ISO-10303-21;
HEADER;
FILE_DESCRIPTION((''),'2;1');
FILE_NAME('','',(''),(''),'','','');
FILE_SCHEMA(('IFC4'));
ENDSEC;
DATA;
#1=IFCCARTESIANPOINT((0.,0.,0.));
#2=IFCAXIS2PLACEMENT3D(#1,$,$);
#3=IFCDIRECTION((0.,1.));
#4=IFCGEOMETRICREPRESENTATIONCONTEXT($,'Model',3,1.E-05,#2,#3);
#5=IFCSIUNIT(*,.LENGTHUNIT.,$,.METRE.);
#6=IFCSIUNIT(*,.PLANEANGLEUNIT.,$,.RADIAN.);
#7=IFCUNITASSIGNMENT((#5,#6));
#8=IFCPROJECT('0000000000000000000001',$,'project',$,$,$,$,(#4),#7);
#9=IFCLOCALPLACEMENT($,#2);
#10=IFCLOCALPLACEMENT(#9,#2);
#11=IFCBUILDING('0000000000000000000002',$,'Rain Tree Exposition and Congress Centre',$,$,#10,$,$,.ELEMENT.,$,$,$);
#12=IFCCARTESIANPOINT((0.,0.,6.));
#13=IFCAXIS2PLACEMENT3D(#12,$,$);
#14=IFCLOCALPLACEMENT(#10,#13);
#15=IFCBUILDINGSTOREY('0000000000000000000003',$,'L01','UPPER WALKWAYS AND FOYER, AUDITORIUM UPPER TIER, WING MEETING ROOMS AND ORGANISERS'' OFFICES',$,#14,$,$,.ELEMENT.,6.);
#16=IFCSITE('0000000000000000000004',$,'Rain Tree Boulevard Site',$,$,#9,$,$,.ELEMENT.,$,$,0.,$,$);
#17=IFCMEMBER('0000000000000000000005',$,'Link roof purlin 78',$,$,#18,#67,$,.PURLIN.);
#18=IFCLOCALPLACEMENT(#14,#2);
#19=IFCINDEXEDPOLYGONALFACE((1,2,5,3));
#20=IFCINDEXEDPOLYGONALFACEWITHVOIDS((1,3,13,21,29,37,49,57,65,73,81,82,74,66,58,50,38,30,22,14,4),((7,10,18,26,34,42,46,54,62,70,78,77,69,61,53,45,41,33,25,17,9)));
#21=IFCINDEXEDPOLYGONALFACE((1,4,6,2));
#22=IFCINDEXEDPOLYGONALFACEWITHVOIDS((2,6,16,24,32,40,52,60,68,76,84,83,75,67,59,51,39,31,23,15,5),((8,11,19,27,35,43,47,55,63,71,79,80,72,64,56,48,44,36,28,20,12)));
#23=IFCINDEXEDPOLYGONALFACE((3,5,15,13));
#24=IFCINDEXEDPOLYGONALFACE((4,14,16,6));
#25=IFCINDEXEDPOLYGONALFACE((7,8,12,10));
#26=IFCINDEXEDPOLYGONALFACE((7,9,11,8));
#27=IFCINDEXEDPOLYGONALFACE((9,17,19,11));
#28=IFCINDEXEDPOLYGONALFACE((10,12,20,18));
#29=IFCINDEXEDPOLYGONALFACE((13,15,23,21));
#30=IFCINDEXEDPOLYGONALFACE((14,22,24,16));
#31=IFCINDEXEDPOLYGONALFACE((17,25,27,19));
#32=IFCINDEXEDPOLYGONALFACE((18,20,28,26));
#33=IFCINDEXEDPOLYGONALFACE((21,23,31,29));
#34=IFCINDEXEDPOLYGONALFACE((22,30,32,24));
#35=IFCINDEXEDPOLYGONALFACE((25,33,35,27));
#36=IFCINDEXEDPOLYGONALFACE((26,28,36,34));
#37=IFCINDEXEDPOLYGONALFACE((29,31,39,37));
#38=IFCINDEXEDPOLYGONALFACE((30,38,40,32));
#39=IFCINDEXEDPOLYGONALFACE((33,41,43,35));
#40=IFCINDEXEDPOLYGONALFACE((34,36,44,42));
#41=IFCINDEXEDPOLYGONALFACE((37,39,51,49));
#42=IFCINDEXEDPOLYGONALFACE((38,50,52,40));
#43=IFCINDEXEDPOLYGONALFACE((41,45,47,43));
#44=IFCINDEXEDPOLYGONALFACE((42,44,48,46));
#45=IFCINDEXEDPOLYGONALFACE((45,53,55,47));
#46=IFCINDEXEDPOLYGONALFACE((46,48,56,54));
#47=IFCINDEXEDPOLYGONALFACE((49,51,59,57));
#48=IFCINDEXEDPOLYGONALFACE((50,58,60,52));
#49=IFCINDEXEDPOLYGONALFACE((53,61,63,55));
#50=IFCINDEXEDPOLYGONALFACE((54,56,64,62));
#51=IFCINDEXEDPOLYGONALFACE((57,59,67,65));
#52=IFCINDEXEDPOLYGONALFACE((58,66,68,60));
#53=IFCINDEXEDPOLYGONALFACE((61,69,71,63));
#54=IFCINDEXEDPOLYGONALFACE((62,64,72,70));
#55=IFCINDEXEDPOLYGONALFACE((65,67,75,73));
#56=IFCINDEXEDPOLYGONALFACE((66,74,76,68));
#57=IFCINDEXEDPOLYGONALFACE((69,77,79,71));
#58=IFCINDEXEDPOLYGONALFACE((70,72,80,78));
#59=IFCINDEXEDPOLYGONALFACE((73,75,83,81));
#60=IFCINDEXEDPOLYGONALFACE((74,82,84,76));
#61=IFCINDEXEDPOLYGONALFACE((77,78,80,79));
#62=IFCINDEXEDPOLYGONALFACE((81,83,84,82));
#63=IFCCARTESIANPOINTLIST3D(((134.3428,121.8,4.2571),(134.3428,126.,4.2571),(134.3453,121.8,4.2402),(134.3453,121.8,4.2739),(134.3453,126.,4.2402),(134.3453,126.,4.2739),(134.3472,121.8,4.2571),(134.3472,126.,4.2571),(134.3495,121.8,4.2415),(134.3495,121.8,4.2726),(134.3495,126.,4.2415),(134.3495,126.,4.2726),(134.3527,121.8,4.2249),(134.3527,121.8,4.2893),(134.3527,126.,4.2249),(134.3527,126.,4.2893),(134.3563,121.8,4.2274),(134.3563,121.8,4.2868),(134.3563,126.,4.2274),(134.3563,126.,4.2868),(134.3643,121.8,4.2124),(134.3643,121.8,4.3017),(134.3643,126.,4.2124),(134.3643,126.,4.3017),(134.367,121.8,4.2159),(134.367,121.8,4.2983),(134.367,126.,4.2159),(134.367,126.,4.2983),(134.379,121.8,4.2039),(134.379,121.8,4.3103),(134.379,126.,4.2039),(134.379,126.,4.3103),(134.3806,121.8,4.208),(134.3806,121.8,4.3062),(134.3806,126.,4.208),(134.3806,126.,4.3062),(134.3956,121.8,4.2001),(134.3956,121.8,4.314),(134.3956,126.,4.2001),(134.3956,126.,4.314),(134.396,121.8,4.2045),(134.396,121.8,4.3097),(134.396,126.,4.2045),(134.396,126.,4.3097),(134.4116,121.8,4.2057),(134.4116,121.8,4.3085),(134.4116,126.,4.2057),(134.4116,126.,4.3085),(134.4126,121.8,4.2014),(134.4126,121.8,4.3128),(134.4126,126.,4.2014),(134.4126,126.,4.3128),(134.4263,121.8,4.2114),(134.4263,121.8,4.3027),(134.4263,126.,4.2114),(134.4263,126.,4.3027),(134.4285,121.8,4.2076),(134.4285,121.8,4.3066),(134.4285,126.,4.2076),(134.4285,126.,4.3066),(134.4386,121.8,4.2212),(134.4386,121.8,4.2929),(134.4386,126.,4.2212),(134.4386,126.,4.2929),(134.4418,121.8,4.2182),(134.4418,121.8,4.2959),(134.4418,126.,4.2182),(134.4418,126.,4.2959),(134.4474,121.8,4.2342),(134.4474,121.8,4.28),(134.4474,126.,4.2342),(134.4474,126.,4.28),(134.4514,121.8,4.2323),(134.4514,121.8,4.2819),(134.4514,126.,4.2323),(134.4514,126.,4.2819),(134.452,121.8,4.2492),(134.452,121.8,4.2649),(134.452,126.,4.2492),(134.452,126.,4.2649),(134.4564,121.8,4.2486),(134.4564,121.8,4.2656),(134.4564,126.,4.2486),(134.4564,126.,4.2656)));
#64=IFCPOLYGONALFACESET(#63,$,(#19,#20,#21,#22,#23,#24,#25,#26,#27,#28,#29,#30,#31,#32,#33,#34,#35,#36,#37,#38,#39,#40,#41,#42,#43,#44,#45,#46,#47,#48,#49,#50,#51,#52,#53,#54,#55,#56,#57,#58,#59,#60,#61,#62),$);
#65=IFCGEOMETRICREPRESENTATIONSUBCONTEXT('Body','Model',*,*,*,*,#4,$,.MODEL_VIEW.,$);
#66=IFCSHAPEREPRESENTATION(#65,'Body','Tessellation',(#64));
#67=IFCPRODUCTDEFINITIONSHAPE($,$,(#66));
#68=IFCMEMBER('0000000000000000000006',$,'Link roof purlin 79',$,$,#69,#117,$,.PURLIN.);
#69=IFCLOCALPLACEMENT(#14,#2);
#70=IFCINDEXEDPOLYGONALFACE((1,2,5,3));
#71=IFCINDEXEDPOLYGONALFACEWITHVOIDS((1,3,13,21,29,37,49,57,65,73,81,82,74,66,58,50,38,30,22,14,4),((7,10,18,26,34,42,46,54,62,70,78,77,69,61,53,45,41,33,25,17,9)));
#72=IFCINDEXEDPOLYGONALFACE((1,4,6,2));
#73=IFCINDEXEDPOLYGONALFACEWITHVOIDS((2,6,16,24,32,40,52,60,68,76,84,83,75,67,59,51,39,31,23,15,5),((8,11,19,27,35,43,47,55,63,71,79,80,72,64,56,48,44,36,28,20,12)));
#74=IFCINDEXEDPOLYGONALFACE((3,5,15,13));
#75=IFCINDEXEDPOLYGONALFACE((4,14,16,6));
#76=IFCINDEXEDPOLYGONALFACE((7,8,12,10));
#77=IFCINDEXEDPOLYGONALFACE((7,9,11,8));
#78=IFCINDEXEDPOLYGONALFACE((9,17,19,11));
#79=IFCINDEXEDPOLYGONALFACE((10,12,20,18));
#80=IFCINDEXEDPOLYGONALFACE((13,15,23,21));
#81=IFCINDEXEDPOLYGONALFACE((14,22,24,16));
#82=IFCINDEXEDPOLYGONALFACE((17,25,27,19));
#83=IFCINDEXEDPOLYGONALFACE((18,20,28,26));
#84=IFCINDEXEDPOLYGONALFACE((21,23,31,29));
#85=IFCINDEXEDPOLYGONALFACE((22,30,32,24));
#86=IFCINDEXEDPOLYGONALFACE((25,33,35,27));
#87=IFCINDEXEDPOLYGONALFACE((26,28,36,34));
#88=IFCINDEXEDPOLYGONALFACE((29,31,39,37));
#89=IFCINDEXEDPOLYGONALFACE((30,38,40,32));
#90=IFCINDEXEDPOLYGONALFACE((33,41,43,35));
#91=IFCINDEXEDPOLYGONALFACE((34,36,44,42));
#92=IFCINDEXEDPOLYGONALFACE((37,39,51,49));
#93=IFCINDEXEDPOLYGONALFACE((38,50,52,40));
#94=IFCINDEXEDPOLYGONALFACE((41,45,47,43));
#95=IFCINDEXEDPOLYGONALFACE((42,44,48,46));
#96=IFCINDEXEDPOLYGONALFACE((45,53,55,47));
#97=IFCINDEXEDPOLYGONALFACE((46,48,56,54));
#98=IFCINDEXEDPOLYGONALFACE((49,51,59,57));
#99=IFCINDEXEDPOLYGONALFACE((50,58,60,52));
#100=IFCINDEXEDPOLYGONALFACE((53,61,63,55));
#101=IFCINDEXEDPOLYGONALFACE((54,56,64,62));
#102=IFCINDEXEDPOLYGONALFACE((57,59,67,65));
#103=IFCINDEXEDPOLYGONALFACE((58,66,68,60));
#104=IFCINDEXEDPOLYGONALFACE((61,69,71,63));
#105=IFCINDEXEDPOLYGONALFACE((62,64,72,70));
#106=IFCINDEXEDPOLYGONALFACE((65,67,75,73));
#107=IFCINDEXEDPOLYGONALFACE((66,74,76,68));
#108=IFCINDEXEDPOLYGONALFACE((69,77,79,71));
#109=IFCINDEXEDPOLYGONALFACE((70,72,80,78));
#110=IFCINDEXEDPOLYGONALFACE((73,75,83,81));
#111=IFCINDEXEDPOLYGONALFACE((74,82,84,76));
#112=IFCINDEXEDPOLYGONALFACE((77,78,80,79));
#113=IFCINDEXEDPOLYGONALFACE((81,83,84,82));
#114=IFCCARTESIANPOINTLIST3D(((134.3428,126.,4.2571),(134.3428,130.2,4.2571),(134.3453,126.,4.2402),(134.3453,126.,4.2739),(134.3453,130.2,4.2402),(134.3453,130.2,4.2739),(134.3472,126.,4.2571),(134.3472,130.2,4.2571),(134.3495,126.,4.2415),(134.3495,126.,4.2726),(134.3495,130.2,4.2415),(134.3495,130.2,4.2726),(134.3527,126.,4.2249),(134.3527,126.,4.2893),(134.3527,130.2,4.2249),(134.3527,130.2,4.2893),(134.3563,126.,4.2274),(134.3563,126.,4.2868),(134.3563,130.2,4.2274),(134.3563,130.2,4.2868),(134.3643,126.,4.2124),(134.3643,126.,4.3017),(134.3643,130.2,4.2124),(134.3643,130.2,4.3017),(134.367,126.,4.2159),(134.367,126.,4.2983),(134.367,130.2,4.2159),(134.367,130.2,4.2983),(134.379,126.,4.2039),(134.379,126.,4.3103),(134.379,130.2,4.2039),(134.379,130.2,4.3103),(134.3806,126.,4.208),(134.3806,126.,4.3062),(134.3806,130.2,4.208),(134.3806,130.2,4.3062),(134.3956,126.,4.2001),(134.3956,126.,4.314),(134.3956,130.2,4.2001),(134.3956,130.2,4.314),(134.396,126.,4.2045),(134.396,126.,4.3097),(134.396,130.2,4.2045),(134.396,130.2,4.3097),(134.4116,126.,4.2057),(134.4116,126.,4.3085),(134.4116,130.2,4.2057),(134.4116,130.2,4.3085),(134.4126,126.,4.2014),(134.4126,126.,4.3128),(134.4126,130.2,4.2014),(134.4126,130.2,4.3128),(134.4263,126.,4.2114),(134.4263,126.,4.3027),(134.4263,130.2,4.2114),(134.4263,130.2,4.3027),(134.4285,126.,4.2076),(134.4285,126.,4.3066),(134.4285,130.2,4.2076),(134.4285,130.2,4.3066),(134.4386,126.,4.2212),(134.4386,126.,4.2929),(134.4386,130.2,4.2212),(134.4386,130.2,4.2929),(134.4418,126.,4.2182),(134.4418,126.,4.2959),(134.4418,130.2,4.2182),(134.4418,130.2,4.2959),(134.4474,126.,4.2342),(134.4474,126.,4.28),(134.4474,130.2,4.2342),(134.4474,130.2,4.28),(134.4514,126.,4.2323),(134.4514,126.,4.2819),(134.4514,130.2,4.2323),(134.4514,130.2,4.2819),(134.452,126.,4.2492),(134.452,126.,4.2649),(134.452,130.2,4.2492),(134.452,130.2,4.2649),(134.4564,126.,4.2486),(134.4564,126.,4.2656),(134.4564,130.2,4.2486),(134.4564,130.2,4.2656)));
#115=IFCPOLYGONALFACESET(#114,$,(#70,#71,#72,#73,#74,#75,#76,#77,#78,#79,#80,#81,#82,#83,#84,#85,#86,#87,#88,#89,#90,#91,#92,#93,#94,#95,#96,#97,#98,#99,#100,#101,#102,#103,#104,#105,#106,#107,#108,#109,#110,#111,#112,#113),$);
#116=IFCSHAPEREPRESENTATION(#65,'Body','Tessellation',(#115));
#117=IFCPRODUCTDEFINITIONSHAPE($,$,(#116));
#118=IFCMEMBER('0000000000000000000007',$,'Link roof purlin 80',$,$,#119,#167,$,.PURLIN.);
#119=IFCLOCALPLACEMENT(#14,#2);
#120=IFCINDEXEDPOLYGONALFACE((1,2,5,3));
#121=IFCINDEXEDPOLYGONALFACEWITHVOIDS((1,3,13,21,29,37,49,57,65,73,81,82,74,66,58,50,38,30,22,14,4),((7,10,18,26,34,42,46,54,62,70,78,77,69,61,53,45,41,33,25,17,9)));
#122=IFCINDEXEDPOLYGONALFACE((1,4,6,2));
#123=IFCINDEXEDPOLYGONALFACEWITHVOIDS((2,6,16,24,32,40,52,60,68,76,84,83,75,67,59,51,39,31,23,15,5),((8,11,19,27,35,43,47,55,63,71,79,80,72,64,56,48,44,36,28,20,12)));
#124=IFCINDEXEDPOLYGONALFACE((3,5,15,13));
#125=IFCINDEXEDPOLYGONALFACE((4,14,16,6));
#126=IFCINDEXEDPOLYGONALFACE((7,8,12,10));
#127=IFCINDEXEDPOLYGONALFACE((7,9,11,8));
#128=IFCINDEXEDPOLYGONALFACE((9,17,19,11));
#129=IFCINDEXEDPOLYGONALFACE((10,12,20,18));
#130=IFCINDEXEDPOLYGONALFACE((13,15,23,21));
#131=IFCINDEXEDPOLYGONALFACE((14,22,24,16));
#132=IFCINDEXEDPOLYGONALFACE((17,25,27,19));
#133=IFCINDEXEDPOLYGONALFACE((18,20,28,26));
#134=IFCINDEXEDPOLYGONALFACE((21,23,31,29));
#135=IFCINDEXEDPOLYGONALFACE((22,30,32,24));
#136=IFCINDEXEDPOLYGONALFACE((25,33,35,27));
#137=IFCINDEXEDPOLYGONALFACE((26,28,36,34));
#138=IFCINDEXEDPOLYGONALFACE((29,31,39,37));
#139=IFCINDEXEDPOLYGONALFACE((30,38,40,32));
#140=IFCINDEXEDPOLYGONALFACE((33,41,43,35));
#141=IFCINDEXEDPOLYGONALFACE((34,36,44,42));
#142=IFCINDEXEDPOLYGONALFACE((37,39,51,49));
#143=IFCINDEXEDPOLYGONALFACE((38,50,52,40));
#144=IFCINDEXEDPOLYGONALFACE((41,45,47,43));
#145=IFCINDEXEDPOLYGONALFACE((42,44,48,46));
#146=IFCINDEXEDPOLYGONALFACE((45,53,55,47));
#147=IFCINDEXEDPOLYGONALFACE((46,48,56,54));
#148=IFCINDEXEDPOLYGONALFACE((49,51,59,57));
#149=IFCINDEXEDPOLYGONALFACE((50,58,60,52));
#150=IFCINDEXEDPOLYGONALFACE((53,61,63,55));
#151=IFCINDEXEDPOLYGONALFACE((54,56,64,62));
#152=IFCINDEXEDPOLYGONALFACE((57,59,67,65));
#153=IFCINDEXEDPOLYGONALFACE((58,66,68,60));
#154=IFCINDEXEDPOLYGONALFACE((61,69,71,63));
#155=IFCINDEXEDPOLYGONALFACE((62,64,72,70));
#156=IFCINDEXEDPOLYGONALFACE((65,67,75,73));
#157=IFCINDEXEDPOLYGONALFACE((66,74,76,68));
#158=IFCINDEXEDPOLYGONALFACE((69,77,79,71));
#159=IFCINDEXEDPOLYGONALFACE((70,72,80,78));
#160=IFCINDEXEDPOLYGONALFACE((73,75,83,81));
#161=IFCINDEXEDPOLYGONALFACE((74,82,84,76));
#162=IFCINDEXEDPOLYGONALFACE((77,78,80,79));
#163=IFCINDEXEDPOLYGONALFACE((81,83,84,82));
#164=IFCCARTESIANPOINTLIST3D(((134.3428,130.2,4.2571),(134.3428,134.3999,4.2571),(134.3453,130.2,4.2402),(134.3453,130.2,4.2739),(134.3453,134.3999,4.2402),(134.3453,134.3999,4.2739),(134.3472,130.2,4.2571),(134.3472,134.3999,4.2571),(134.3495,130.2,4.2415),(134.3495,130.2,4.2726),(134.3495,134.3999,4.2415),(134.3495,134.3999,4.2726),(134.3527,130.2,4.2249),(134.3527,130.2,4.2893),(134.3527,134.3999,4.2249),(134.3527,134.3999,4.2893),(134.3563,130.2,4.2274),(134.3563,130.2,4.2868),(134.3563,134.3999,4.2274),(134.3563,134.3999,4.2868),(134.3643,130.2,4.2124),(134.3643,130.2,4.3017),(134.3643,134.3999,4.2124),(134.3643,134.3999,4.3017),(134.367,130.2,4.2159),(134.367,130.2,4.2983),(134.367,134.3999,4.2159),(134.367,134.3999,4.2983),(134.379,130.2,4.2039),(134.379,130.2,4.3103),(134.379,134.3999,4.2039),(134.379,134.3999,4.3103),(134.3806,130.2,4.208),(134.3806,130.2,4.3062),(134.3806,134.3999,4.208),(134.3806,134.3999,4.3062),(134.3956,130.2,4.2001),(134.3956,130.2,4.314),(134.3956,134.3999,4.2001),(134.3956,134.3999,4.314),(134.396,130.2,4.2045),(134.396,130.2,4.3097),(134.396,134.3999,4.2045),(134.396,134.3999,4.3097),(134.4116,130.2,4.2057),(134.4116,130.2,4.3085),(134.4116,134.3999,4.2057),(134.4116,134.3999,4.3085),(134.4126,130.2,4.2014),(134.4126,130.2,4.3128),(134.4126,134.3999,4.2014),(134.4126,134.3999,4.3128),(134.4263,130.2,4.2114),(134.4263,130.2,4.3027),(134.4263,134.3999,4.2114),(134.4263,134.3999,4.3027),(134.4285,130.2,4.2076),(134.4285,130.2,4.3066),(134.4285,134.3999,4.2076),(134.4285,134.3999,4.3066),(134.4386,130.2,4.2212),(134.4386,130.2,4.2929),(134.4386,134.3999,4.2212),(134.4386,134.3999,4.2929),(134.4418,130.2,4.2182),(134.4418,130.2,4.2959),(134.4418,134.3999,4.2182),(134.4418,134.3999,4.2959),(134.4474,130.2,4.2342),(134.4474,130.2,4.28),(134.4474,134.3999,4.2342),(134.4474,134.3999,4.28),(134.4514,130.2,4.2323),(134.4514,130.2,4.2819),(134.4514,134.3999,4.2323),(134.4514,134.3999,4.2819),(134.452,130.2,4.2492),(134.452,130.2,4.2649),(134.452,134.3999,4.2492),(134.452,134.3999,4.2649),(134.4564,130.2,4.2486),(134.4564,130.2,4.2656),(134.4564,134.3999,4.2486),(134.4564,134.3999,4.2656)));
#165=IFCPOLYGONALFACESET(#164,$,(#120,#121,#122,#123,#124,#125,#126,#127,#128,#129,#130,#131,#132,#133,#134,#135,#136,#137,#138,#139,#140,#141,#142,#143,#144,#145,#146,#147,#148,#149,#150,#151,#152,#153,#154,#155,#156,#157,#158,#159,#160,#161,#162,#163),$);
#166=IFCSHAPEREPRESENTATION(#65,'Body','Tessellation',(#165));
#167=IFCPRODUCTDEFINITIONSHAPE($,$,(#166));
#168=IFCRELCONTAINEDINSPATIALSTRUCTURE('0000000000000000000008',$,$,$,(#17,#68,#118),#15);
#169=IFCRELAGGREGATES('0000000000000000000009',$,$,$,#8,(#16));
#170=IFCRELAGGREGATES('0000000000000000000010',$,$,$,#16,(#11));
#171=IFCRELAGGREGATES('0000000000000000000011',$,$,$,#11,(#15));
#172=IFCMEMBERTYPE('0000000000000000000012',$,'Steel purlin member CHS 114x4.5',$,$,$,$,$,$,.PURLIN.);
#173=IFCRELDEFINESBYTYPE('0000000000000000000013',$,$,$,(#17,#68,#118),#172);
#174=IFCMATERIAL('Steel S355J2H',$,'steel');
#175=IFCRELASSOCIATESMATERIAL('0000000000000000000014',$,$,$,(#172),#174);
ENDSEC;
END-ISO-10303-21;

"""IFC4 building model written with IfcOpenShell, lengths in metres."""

from ifc_helpers import new_model, si_unit, direction, frame, origin, origin_2d, place, context, subcontext, project, spatial, hollow_circle, extrude, material, material_profile, profile_set, type_object, element, save


model = new_model("IFC4")

# Units and contexts
model_context = context("Model", 3, precision=1e-05, world=origin(), true_north=direction((0.0, 1.0)))
body_context = subcontext(model_context, "Body", "Model", "MODEL_VIEW")
ifc_project = project(units=[si_unit("LENGTHUNIT", "METRE"), si_unit("PLANEANGLEUNIT", "RADIAN")], contexts=[model_context])

# Site, building, storey
site_placement = place(None, origin())
site = spatial("IfcSite", under=ifc_project, at=site_placement, Name="Rain Tree Boulevard Site", CompositionType="ELEMENT", RefElevation=0.0)
building_placement = place(site_placement, origin())
building = spatial("IfcBuilding", under=site, at=building_placement, Name="Rain Tree Exposition and Congress Centre", CompositionType="ELEMENT")
storey_placement = place(building_placement, frame((0.0, 0.0, 6.0)))
storey = spatial("IfcBuildingStorey", under=building, at=storey_placement, Name="L01", Description="UPPER WALKWAYS AND FOYER, AUDITORIUM UPPER TIER, WING MEETING ROOMS AND ORGANISERS' OFFICES", CompositionType="ELEMENT", Elevation=6.0)

# Members
ifc_material_1 = material(Name="Steel S355J2H", Category="steel")
ifc_material_profile_1 = material_profile(ifc_material_1, hollow_circle(Radius=0.0571, WallThickness=0.0044, at=origin_2d()), Name="CHS 114x4.5")
ifc_profile_set_1 = profile_set([ifc_material_profile_1], Name="Steel S355J2H")
member_type = type_object("IfcMemberType", Name="Steel purlin member CHS 114x4.5", PredefinedType="PURLIN", material=ifc_profile_set_1)
for number, where, z_axis, x_axis, name in (
    (1, (134.3999, 121.8, 4.2571), (0.0, 1.0, 0.0), (-1.0, 0.0, 0.0), "Link roof purlin 78"),
    (2, (134.3999, 126.0, 4.2571), (0.0, 1.0, 0.0), (-1.0, 0.0, 0.0), "Link roof purlin 79"),
    (3, (134.3999, 130.2, 4.2571), (0.0, 1.0, 0.0), (-1.0, 0.0, 0.0), "Link roof purlin 80"),
):
    element("IfcMember", number, at=place(storey_placement, frame(where, z_axis=z_axis, x_axis=x_axis)), inside=storey, type_object=member_type, Name=name, PredefinedType="PURLIN", context=body_context, shape_type="SweptSolid", body=[
        extrude(hollow_circle(Radius=0.0571, WallThickness=0.0044, at=origin_2d()), origin(), (0.0, 0.0, 1.0), 4.2),
    ])

save(model, "model.ifc")
